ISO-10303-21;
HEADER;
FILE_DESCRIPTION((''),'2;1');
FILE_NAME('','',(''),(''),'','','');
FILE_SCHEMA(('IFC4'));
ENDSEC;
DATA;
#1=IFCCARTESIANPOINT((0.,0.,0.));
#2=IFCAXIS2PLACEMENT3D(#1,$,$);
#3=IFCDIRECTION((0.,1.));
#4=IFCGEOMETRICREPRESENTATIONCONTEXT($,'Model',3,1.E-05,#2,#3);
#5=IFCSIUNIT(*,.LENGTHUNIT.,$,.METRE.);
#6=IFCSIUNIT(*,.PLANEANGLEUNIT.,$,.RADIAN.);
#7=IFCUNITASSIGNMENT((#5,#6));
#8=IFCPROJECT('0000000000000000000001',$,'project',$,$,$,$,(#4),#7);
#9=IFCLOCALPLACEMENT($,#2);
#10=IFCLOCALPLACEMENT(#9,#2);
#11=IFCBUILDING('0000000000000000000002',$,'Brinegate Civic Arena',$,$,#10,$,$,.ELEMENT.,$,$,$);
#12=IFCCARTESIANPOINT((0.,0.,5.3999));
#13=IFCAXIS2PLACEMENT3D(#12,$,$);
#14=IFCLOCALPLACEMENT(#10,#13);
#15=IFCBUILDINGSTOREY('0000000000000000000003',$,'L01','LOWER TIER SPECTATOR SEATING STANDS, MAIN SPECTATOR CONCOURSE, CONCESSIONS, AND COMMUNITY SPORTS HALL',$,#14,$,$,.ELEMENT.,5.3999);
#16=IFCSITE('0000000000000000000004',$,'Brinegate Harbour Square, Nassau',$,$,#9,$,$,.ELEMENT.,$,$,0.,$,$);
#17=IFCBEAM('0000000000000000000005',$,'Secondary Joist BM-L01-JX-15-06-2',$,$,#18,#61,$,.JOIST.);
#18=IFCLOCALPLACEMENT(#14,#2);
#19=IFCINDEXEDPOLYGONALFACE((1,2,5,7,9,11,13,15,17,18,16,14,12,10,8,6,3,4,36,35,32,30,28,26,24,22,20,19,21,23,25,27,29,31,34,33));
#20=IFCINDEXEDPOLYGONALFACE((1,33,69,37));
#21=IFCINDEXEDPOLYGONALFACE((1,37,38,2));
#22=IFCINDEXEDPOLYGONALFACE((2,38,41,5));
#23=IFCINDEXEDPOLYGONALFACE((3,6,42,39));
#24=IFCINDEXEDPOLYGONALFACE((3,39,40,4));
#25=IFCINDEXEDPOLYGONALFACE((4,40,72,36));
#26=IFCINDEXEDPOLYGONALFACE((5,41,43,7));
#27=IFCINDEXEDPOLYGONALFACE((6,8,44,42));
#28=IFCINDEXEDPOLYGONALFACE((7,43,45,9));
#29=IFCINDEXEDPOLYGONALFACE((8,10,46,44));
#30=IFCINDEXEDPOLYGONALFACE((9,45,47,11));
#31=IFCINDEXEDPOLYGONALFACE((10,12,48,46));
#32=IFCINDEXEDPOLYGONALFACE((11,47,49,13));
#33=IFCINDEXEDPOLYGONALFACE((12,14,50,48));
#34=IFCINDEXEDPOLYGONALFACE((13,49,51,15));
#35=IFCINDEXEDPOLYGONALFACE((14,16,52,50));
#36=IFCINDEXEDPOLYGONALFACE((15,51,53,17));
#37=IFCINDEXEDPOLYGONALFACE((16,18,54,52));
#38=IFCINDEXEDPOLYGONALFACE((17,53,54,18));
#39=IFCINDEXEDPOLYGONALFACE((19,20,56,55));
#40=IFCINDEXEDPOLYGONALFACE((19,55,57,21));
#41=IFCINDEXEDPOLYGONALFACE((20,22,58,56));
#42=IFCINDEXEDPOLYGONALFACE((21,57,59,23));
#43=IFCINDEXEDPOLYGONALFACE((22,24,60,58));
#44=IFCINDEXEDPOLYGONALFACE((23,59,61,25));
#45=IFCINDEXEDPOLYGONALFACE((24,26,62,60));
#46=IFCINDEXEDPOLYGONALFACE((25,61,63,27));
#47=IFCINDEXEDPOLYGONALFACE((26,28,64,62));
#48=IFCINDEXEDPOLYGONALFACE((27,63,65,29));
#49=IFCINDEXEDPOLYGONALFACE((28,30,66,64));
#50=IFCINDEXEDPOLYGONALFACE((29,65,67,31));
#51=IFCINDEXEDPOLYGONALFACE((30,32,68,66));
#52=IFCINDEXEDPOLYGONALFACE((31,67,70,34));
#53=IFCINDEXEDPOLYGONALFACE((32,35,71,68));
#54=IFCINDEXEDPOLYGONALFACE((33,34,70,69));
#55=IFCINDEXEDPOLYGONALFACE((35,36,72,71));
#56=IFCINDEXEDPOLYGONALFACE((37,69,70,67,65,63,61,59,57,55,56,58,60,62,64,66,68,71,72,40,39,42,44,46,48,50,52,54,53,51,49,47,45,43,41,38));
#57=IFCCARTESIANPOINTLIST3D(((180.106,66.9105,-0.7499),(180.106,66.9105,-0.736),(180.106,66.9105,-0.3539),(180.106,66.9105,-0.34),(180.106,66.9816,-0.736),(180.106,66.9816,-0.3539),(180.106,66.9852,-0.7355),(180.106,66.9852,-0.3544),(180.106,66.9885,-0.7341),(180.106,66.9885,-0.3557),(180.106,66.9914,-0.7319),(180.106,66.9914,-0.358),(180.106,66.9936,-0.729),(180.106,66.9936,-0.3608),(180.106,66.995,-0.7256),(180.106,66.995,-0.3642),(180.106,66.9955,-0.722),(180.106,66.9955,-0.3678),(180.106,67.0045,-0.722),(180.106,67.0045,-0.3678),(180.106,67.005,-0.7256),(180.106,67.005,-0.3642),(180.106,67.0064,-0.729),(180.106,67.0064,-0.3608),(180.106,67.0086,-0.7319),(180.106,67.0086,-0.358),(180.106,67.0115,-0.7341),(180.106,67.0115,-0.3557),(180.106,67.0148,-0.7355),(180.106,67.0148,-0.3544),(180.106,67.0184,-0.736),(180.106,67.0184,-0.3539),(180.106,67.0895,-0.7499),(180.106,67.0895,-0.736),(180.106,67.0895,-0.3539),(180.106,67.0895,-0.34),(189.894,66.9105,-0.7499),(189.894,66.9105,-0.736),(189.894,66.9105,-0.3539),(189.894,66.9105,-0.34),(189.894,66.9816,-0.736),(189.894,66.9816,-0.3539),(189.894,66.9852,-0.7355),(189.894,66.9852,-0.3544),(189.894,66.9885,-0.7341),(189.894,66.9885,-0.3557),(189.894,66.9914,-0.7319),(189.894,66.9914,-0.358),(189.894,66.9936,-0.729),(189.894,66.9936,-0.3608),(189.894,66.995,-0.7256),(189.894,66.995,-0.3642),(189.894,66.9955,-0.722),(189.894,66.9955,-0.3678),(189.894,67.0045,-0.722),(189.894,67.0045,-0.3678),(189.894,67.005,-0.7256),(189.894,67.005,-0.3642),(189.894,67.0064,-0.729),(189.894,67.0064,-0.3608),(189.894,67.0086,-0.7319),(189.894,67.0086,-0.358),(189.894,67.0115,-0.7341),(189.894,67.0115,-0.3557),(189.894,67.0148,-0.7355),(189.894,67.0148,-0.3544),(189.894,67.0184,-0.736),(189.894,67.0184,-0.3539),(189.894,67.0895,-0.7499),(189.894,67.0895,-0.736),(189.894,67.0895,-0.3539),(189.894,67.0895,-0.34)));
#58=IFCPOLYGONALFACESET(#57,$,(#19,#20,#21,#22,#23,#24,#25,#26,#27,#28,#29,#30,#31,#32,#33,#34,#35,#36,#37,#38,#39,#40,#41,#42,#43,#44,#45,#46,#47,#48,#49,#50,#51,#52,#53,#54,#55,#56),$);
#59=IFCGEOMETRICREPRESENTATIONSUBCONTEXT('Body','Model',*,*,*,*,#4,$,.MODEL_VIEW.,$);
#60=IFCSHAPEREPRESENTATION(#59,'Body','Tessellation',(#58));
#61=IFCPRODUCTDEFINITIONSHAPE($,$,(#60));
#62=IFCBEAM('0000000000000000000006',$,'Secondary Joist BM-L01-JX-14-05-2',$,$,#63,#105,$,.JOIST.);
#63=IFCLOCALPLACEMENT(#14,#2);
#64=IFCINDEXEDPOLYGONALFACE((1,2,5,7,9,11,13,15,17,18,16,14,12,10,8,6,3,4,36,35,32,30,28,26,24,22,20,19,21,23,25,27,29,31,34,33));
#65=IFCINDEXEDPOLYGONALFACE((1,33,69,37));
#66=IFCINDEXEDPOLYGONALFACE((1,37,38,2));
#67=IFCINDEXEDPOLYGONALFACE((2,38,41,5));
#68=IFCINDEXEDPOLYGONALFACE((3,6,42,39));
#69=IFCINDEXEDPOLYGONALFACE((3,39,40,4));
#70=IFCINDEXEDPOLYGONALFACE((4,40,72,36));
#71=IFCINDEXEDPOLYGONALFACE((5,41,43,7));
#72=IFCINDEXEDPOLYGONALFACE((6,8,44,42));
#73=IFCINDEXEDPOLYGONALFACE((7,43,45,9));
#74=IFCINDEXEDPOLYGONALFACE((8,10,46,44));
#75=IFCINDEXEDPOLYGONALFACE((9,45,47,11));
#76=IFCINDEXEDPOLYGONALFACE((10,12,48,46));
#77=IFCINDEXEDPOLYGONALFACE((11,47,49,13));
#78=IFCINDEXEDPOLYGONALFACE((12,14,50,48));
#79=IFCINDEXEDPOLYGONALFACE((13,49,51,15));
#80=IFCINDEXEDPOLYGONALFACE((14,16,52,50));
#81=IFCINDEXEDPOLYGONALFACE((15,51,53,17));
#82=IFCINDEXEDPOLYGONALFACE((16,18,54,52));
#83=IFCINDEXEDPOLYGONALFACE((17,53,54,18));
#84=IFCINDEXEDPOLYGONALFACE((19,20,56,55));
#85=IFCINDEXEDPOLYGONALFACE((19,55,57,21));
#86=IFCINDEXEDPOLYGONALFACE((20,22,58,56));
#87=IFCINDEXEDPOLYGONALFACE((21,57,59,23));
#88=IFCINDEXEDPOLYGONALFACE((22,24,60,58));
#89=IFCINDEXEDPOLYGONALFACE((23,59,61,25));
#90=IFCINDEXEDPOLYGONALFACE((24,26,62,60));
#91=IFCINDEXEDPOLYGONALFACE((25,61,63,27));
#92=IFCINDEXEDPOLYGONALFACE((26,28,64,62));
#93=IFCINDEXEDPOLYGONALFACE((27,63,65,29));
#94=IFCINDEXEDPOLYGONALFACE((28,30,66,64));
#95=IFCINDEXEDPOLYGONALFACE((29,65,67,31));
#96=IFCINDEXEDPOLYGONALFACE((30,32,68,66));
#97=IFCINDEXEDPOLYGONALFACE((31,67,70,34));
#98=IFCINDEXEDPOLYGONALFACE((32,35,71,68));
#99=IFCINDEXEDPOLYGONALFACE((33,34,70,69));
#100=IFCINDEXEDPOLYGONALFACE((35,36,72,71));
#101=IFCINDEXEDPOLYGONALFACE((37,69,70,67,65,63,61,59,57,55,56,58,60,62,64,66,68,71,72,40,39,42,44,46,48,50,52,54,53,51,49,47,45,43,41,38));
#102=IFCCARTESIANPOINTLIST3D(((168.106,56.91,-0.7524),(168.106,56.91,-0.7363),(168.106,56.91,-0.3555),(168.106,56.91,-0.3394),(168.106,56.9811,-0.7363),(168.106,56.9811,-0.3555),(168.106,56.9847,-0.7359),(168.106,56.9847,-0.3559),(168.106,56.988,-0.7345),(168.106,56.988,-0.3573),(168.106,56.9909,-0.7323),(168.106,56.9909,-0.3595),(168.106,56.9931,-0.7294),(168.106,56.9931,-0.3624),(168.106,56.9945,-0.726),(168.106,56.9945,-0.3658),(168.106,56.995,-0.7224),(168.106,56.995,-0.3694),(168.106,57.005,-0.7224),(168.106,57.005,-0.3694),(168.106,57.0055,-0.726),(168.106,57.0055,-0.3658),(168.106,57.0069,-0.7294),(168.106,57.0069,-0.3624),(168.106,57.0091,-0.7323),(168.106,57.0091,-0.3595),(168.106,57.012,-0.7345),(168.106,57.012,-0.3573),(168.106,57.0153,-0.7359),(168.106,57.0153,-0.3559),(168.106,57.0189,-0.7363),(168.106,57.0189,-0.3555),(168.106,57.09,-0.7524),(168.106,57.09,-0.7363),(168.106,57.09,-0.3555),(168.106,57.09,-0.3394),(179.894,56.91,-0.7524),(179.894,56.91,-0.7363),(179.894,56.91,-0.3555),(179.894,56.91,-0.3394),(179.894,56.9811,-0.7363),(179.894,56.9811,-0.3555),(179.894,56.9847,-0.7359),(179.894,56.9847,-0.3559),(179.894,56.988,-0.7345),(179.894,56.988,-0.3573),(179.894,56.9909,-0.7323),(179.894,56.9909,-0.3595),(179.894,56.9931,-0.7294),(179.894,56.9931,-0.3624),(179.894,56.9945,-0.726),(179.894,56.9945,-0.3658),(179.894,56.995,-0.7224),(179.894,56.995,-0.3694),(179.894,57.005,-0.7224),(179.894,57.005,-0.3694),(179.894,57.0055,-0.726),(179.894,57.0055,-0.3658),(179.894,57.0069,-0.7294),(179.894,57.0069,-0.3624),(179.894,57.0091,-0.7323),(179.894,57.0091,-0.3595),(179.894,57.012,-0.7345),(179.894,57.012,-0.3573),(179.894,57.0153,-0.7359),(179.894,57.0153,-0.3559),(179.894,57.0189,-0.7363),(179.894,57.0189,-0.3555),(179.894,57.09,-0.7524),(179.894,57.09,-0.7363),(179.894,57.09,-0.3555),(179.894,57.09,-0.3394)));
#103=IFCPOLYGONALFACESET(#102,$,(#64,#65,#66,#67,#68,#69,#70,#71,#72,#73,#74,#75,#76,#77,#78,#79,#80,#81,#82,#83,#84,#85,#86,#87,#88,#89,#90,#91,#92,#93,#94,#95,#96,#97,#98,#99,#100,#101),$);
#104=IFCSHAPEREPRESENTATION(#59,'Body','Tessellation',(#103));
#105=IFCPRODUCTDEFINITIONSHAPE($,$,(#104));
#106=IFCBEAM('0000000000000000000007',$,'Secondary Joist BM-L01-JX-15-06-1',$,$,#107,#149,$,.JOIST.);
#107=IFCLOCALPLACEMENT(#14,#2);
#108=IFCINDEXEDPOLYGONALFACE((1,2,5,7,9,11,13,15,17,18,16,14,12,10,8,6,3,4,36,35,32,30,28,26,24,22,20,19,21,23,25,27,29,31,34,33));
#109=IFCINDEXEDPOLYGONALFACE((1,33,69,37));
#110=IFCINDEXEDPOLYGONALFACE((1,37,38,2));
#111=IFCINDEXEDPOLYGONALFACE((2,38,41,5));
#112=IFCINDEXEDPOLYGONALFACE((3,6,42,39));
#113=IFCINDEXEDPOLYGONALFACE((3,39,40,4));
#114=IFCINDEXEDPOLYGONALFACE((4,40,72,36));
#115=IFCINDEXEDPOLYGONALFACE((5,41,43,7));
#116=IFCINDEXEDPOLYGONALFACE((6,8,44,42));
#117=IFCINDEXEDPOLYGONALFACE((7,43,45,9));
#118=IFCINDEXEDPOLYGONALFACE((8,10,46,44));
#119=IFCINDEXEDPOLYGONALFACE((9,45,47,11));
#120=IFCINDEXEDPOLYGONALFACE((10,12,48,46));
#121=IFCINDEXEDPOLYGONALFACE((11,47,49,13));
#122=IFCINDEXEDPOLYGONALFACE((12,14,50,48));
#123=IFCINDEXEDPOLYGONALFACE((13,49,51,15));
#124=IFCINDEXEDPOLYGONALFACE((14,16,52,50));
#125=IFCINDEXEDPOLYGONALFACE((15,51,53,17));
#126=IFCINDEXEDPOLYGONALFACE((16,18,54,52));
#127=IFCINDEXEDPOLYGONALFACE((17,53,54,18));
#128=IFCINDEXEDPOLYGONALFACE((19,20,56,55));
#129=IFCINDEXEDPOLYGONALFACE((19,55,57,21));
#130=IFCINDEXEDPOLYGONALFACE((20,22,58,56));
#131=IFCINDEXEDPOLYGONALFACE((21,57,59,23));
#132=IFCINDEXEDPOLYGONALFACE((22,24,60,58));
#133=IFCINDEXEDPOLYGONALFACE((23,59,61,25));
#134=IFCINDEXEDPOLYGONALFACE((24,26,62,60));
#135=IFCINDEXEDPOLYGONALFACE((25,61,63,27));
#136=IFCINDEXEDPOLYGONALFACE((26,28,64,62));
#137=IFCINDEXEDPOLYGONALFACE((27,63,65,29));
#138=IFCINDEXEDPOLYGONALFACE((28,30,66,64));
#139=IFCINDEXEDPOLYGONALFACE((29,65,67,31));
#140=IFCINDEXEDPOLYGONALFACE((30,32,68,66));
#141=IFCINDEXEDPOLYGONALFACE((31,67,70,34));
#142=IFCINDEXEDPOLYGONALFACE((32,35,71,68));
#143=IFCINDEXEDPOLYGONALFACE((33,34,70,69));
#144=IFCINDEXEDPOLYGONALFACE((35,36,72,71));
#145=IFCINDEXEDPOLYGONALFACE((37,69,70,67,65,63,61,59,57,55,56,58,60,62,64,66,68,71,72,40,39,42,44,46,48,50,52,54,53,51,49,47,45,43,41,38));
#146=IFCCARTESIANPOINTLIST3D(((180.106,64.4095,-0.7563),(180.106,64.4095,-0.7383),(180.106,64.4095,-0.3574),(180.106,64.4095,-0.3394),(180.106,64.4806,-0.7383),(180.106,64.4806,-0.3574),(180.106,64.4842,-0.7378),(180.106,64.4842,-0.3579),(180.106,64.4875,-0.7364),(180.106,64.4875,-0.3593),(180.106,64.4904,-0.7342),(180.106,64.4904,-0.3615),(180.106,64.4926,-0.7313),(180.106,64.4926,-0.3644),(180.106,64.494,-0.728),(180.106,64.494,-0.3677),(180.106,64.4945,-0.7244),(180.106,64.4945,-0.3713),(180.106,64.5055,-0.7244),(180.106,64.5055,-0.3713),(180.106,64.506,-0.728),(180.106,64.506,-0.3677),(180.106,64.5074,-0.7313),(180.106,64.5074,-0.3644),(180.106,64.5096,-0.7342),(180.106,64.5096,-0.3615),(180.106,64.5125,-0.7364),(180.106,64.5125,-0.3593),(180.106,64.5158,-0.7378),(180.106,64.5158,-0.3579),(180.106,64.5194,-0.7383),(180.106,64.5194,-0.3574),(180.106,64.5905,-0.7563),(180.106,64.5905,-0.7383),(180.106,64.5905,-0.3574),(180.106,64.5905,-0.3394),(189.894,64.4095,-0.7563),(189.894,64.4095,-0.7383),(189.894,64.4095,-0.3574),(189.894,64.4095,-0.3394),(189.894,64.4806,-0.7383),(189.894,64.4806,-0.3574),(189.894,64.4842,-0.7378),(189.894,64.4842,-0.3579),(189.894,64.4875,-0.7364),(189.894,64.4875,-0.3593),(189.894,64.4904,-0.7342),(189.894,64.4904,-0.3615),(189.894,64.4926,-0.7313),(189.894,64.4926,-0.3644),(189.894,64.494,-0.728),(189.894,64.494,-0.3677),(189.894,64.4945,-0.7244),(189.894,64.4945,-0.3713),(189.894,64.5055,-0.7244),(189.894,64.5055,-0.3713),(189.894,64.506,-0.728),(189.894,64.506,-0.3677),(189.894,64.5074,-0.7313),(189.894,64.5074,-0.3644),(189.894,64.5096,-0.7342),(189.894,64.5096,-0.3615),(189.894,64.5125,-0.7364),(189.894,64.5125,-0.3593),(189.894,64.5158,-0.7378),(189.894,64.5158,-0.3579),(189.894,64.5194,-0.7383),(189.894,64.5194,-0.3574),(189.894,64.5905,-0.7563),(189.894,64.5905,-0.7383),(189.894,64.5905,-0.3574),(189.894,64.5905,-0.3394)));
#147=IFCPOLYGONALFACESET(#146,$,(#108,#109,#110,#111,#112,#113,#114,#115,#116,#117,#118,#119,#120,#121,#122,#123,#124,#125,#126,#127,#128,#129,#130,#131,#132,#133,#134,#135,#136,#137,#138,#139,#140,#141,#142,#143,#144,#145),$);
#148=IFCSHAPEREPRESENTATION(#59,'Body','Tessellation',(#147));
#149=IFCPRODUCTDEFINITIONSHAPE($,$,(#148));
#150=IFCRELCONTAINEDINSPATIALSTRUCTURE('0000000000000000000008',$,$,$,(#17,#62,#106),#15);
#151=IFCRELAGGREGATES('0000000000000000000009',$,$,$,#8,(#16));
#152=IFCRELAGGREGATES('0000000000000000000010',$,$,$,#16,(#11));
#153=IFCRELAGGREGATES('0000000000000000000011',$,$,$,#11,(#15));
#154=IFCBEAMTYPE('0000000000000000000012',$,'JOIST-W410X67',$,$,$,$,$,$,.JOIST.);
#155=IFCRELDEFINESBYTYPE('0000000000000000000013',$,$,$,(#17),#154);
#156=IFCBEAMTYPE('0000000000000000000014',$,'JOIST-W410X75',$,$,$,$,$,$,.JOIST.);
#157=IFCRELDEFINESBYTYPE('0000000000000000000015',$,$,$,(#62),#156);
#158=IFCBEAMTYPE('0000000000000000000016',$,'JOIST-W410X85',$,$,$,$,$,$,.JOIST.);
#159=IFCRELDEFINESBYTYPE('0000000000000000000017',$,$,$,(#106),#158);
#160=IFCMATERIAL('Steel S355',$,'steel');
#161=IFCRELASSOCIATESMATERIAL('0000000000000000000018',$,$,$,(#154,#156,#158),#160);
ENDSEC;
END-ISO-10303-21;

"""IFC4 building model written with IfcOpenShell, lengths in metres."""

from ifc_helpers import new_model, si_unit, direction, frame, origin, origin_2d, place, context, subcontext, project, spatial, i_section, extrude, material, material_profile, profile_set, type_object, element, save


model = new_model("IFC4")

# Units and contexts
model_context = context("Model", 3, precision=1e-05, world=origin(), true_north=direction((0.0, 1.0)))
body_context = subcontext(model_context, "Body", "Model", "MODEL_VIEW")
ifc_project = project(units=[si_unit("LENGTHUNIT", "METRE"), si_unit("PLANEANGLEUNIT", "RADIAN")], contexts=[model_context])

# Site, building, storey
site_placement = place(None, origin())
site = spatial("IfcSite", under=ifc_project, at=site_placement, Name="Brinegate Harbour Square, Nassau", CompositionType="ELEMENT", RefElevation=0.0)
building_placement = place(site_placement, origin())
building = spatial("IfcBuilding", under=site, at=building_placement, Name="Brinegate Civic Arena", CompositionType="ELEMENT")
storey_placement = place(building_placement, frame((0.0, 0.0, 5.3999)))
storey = spatial("IfcBuildingStorey", under=building, at=storey_placement, Name="L01", Description="LOWER TIER SPECTATOR SEATING STANDS, MAIN SPECTATOR CONCOURSE, CONCESSIONS, AND COMMUNITY SPORTS HALL", CompositionType="ELEMENT", Elevation=5.3999)

# Beams
ifc_material_1 = material(Name="Steel S355", Category="steel")
ifc_material_profile_1 = material_profile(ifc_material_1, i_section(OverallWidth=0.179, OverallDepth=0.4099, WebThickness=0.009, FlangeThickness=0.0139, FilletRadius=0.0139, at=origin_2d()), Name="W410X67")
ifc_profile_set_1 = profile_set([ifc_material_profile_1], Name="Steel S355")
beam_type_1 = type_object("IfcBeamType", Name="JOIST-W410X67", PredefinedType="JOIST", material=ifc_profile_set_1)
beam_1_placement = place(storey_placement, frame((180.106, 67.0, -0.5449), z_axis=(1.0, 0.0, 0.0), x_axis=(0.0, 1.0, 0.0)))
element("IfcBeam", 1, at=beam_1_placement, inside=storey, type_object=beam_type_1, Name="Secondary Joist BM-L01-JX-15-06-2", PredefinedType="JOIST", context=body_context, shape_type="SweptSolid", body=[
    extrude(i_section(OverallWidth=0.179, OverallDepth=0.4099, WebThickness=0.009, FlangeThickness=0.0139, FilletRadius=0.0139, at=origin_2d()), origin(), (0.0, 0.0, 1.0), 9.7881),
])
ifc_material_profile_2 = material_profile(ifc_material_1, i_section(OverallWidth=0.1799, OverallDepth=0.4131, WebThickness=0.01, FlangeThickness=0.0161, FilletRadius=0.0139, at=origin_2d()), Name="W410X75")
ifc_profile_set_2 = profile_set([ifc_material_profile_2], Name="Steel S355")
beam_type_2 = type_object("IfcBeamType", Name="JOIST-W410X75", PredefinedType="JOIST", material=ifc_profile_set_2)
beam_2_placement = place(storey_placement, frame((168.106, 57.0, -0.5459), z_axis=(1.0, 0.0, 0.0), x_axis=(0.0, 1.0, 0.0)))
element("IfcBeam", 2, at=beam_2_placement, inside=storey, type_object=beam_type_2, Name="Secondary Joist BM-L01-JX-14-05-2", PredefinedType="JOIST", context=body_context, shape_type="SweptSolid", body=[
    extrude(i_section(OverallWidth=0.1799, OverallDepth=0.4131, WebThickness=0.01, FlangeThickness=0.0161, FilletRadius=0.0139, at=origin_2d()), origin(), (0.0, 0.0, 1.0), 11.7881),
])
ifc_material_profile_3 = material_profile(ifc_material_1, i_section(OverallWidth=0.1809, OverallDepth=0.417, WebThickness=0.011, FlangeThickness=0.0181, FilletRadius=0.0139, at=origin_2d()), Name="W410X85")
ifc_profile_set_3 = profile_set([ifc_material_profile_3], Name="Steel S355")
beam_type_3 = type_object("IfcBeamType", Name="JOIST-W410X85", PredefinedType="JOIST", material=ifc_profile_set_3)
beam_3_placement = place(storey_placement, frame((180.106, 64.5, -0.5479), z_axis=(1.0, 0.0, 0.0), x_axis=(0.0, 1.0, 0.0)))
element("IfcBeam", 3, at=beam_3_placement, inside=storey, type_object=beam_type_3, Name="Secondary Joist BM-L01-JX-15-06-1", PredefinedType="JOIST", context=body_context, shape_type="SweptSolid", body=[
    extrude(i_section(OverallWidth=0.1809, OverallDepth=0.417, WebThickness=0.011, FlangeThickness=0.0181, FilletRadius=0.0139, at=origin_2d()), origin(), (0.0, 0.0, 1.0), 9.7881),
])

save(model, "model.ifc")
